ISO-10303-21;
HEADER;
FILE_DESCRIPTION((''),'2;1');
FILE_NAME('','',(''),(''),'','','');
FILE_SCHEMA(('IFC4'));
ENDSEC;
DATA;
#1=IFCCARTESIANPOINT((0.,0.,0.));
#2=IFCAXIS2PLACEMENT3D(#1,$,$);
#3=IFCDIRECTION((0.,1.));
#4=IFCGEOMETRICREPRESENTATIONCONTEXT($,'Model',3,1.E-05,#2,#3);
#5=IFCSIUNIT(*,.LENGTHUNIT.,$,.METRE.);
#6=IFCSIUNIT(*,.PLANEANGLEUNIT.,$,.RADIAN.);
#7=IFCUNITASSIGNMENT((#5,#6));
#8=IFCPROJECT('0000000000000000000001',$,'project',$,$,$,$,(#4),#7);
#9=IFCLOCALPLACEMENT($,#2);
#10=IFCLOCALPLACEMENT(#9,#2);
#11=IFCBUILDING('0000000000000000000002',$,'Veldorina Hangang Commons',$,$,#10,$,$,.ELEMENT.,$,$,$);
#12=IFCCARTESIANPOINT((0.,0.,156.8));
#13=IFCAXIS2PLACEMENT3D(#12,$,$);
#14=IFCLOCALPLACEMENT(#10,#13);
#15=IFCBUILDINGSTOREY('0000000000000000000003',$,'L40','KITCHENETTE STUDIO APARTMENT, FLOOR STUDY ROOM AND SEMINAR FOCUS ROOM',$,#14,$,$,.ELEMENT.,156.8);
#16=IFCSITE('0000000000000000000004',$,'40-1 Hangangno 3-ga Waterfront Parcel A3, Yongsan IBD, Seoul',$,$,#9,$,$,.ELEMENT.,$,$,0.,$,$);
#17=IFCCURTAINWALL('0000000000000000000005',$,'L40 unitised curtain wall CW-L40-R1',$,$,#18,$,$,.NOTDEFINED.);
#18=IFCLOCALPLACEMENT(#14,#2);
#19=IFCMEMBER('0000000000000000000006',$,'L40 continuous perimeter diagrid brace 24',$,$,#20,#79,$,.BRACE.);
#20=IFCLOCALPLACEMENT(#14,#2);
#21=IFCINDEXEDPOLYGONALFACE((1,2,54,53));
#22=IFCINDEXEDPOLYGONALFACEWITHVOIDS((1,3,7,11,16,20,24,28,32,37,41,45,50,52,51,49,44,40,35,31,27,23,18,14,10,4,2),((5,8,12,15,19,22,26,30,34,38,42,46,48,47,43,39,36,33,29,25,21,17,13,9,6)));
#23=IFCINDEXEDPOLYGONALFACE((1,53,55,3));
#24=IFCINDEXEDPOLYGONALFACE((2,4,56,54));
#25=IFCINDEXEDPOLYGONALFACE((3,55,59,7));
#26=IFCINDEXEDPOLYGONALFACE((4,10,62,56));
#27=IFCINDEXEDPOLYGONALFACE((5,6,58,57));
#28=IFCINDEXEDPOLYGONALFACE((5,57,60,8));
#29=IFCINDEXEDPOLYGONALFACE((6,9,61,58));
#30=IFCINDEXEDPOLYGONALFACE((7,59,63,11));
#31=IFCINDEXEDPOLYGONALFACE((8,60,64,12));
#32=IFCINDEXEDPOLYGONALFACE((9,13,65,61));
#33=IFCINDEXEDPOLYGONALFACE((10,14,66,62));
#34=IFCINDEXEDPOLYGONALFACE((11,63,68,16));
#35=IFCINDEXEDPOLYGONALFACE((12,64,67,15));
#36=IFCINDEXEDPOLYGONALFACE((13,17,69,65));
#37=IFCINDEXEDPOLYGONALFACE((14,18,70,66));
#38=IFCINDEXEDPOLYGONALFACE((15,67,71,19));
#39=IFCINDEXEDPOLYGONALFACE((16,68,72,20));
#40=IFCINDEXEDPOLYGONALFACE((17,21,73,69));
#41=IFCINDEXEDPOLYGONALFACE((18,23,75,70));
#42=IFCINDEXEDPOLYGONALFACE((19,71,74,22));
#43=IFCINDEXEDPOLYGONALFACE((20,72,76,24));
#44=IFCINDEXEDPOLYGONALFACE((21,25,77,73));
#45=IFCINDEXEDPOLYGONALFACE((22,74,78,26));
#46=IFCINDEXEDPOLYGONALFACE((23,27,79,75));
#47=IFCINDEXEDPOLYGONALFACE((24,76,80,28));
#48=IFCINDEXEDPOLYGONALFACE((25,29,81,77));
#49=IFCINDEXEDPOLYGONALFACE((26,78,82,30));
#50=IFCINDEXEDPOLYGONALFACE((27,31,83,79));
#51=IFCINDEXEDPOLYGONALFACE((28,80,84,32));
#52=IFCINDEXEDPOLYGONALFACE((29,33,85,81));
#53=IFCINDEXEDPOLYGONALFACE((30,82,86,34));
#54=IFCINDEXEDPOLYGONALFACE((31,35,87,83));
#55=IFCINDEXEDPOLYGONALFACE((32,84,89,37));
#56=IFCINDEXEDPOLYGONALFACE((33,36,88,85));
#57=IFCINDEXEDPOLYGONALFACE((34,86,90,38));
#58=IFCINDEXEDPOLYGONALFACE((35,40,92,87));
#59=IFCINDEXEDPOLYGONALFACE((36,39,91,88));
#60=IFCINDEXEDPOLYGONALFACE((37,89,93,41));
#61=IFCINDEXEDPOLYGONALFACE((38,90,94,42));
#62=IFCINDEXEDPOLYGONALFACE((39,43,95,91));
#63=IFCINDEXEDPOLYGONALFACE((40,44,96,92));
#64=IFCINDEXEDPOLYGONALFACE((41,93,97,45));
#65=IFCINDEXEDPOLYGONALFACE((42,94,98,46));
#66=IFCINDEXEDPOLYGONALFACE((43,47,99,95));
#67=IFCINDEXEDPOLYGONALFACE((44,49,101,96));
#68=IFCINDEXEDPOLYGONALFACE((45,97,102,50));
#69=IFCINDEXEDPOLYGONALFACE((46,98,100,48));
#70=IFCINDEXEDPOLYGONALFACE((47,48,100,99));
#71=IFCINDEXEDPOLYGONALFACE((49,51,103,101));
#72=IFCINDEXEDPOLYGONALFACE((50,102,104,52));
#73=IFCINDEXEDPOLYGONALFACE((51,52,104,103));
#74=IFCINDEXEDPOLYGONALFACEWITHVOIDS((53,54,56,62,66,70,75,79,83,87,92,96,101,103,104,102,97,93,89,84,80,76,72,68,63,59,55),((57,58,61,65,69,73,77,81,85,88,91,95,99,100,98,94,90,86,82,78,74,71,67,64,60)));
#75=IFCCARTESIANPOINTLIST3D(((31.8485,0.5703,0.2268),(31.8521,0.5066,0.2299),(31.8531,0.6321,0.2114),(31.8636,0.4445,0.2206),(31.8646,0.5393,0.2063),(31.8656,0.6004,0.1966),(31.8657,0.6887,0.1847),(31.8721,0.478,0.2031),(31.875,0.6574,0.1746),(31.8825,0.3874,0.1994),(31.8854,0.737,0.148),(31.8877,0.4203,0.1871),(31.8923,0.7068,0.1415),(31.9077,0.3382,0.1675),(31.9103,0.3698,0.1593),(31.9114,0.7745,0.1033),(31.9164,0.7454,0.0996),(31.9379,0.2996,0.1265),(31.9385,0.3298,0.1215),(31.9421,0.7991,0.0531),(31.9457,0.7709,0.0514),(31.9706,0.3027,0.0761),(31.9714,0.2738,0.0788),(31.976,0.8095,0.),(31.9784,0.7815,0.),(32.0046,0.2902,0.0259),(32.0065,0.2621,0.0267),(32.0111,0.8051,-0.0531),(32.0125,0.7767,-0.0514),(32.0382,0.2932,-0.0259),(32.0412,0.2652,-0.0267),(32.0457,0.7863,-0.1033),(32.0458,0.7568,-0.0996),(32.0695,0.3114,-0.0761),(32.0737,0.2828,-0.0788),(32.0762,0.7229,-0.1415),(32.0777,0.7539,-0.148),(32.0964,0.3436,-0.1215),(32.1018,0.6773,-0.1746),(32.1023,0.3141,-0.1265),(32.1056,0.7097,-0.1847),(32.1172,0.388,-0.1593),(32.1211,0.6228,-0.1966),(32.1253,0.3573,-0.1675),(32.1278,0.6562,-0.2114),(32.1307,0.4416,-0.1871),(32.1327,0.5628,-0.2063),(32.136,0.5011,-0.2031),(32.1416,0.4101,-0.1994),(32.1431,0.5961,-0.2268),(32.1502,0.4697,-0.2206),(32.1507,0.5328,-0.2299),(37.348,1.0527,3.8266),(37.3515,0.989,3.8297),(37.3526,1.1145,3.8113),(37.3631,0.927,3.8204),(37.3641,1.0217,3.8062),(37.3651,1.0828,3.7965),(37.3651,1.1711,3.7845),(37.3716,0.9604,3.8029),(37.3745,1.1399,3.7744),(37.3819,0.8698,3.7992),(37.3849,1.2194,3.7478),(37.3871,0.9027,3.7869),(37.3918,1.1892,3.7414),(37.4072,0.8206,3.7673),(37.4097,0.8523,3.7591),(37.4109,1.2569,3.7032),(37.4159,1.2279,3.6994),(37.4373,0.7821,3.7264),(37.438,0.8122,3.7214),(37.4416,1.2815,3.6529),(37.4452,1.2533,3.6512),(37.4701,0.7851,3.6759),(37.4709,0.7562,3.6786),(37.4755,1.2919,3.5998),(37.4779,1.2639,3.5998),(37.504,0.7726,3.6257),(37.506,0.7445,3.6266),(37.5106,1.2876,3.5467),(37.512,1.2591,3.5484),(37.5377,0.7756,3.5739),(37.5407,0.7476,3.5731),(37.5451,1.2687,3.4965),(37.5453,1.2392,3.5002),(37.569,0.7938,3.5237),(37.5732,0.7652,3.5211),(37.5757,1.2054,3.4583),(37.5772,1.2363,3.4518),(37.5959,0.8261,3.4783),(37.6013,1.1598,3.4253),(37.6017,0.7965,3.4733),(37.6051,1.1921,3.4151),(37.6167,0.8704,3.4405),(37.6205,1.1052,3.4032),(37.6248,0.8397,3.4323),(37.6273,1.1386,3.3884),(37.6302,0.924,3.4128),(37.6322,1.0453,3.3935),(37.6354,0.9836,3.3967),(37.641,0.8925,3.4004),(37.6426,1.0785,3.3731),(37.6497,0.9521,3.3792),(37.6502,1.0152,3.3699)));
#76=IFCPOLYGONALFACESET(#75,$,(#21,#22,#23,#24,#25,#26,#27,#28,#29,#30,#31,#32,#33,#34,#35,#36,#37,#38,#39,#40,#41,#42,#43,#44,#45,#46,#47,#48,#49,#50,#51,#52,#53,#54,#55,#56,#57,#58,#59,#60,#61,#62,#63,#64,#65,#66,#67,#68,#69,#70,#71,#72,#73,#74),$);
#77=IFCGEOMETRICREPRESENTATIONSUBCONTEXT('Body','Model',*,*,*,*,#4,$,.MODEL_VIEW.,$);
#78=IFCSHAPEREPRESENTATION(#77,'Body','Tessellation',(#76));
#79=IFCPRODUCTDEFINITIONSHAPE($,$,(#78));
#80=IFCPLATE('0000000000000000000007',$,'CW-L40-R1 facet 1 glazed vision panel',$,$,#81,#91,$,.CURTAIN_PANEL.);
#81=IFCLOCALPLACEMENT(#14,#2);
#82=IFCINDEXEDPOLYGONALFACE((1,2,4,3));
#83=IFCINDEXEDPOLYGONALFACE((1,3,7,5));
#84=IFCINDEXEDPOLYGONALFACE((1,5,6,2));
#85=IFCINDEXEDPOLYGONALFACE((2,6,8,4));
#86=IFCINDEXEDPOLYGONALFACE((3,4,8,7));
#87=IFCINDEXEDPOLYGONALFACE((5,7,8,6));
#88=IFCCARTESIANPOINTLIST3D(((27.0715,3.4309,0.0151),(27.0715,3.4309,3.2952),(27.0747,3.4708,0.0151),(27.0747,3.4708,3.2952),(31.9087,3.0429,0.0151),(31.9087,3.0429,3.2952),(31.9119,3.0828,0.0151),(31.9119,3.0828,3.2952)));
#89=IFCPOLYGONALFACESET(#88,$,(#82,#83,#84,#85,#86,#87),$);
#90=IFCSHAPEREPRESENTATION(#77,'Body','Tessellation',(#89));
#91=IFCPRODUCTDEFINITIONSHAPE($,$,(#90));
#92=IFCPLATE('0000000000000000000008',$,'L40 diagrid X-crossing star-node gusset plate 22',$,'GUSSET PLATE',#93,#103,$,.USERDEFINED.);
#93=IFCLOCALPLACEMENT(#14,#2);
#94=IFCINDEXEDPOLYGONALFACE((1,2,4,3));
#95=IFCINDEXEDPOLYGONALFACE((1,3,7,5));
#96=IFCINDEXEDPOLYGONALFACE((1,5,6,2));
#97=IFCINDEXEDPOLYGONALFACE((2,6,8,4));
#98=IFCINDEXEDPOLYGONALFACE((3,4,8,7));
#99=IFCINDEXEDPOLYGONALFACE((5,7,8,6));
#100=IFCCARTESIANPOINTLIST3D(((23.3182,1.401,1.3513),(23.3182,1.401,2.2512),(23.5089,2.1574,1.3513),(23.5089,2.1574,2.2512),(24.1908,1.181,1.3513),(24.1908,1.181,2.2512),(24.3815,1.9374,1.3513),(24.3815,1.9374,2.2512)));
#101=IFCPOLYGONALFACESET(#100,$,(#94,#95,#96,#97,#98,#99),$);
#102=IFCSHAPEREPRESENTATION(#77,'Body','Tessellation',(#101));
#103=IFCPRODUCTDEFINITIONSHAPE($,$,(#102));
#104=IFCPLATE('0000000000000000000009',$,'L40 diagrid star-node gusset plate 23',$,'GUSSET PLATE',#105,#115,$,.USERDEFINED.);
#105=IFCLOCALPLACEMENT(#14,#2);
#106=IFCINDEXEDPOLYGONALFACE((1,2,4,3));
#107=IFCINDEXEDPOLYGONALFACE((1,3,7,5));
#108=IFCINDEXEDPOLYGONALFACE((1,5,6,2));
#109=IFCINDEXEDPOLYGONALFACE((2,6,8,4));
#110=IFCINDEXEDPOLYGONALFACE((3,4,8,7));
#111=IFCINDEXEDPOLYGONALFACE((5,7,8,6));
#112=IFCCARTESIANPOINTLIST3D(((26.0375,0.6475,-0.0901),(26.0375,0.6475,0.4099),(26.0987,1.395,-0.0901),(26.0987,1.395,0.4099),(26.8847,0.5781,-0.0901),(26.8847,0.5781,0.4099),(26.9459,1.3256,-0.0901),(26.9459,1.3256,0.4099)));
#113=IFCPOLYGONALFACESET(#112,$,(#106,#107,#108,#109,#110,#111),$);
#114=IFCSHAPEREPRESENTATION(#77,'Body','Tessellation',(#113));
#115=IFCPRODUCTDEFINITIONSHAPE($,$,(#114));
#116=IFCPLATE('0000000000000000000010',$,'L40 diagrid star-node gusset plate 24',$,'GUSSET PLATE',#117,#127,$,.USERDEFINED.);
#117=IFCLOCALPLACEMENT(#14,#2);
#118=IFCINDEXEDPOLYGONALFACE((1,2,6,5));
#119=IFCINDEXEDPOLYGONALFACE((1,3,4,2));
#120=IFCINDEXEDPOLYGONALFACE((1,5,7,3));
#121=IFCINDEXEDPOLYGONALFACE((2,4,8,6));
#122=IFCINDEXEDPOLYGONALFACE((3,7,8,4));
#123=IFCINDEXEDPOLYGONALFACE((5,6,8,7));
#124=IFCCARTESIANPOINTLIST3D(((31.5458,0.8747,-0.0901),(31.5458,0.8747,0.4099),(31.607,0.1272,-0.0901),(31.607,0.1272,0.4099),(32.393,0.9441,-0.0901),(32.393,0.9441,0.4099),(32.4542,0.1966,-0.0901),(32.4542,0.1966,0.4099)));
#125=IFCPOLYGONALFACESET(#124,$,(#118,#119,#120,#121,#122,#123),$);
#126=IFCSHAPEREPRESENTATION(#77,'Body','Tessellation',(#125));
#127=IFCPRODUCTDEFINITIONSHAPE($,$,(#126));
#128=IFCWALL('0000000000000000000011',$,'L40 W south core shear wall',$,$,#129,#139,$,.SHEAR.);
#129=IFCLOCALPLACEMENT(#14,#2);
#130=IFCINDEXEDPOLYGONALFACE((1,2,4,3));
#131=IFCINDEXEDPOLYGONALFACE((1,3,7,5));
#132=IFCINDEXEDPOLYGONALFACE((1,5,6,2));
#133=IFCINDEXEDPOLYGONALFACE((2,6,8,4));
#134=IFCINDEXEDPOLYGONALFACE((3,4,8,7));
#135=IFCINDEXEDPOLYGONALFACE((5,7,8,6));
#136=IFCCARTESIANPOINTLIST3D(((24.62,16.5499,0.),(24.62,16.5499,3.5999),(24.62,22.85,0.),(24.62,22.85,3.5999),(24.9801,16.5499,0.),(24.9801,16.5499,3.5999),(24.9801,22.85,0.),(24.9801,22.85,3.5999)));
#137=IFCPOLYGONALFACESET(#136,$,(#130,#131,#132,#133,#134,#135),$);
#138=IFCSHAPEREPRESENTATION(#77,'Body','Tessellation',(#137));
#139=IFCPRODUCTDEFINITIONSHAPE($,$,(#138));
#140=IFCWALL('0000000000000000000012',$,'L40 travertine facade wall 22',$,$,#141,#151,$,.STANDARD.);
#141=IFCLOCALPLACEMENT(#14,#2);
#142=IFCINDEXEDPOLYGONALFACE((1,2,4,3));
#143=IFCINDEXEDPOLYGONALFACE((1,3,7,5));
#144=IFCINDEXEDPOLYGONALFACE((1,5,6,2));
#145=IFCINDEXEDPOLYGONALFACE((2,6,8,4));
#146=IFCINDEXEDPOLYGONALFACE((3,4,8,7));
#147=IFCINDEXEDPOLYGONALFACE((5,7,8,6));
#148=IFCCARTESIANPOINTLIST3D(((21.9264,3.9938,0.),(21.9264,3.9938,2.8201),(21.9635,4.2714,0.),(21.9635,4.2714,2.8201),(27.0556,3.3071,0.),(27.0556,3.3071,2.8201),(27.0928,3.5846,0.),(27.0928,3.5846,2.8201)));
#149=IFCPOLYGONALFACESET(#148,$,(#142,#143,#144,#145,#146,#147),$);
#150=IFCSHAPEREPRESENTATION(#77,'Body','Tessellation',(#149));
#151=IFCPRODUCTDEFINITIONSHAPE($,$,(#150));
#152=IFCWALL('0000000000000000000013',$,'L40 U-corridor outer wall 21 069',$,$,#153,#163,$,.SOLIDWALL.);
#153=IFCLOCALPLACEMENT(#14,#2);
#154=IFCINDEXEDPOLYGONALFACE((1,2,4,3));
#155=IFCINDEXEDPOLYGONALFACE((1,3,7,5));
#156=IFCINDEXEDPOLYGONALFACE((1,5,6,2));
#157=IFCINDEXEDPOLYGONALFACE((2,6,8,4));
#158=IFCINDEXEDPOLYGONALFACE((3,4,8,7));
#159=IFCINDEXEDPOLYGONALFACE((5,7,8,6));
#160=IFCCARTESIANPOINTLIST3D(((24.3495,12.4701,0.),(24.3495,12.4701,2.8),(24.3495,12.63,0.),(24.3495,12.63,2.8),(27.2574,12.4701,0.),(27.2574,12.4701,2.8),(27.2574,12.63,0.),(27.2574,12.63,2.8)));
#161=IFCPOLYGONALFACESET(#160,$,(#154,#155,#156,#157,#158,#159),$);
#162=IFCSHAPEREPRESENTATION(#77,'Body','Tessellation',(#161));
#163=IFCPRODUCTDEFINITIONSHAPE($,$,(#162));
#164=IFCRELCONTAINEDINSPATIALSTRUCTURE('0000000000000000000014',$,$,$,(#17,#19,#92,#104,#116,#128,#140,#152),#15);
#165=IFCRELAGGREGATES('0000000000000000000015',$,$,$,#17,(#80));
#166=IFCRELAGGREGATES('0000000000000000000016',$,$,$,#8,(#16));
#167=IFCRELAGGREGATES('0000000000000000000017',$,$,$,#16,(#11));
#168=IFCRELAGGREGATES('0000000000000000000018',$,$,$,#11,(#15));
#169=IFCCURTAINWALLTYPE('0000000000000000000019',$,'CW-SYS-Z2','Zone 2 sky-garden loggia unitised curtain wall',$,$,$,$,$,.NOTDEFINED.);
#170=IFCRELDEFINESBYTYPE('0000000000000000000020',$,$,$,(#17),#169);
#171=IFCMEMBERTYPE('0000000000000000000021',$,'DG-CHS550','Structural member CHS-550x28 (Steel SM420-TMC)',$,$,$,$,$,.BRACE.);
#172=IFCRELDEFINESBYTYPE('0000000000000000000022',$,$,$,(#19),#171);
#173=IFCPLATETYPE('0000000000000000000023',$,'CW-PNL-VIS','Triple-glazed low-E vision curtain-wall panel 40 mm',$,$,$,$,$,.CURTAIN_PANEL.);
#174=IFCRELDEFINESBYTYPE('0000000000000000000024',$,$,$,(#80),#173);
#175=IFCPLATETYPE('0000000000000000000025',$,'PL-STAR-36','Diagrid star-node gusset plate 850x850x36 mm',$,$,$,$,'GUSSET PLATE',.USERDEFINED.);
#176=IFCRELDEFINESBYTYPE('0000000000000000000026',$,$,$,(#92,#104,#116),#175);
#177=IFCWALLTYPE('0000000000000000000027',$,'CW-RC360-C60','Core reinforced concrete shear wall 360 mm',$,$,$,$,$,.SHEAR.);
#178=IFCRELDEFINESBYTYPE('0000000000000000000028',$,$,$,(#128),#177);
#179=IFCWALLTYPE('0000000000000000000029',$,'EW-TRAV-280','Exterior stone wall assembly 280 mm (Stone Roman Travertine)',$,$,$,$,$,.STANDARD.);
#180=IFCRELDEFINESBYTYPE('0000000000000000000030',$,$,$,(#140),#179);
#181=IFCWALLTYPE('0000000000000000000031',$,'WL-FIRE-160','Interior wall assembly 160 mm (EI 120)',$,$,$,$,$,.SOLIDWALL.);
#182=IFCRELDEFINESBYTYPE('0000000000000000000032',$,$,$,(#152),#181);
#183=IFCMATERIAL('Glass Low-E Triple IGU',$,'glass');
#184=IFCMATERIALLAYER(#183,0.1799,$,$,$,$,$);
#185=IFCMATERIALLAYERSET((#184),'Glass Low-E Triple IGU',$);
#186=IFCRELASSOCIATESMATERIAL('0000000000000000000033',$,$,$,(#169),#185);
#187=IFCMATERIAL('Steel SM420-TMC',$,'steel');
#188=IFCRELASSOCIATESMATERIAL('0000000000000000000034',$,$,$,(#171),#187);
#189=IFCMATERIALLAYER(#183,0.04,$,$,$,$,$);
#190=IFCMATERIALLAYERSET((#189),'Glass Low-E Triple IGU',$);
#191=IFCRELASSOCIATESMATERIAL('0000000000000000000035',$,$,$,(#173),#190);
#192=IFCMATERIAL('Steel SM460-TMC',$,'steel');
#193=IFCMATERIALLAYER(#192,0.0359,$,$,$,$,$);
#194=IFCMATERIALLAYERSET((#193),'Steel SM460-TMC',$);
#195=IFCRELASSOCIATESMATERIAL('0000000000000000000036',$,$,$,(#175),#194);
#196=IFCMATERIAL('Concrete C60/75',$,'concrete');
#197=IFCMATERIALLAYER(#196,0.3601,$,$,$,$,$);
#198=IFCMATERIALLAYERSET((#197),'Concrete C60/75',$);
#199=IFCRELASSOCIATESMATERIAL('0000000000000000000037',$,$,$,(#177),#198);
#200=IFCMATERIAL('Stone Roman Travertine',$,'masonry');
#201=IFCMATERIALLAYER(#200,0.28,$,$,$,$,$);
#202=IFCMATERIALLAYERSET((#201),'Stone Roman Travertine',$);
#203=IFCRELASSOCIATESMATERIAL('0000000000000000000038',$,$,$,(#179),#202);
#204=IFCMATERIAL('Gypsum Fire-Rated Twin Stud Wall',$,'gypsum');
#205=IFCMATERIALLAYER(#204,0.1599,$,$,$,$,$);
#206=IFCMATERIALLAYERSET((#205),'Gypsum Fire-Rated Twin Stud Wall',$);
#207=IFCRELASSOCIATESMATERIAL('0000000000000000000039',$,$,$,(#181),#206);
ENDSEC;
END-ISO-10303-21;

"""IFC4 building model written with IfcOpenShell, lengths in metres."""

from ifc_helpers import new_model, si_unit, direction, frame, frame_2d, origin, origin_2d, place, context, subcontext, project, spatial, rectangle, hollow_circle, extrude, material, layer, layer_set, material_profile, profile_set, type_object, element, aggregate, save


model = new_model("IFC4")

# Units and contexts
model_context = context("Model", 3, precision=1e-05, world=origin(), true_north=direction((0.0, 1.0)))
body_context = subcontext(model_context, "Body", "Model", "MODEL_VIEW")
ifc_project = project(units=[si_unit("LENGTHUNIT", "METRE"), si_unit("PLANEANGLEUNIT", "RADIAN")], contexts=[model_context])

# Site, building, storey
site_placement = place(None, origin())
site = spatial("IfcSite", under=ifc_project, at=site_placement, Name="40-1 Hangangno 3-ga Waterfront Parcel A3, Yongsan IBD, Seoul", CompositionType="ELEMENT", RefElevation=0.0)
building_placement = place(site_placement, origin())
building = spatial("IfcBuilding", under=site, at=building_placement, Name="Veldorina Hangang Commons", CompositionType="ELEMENT")
storey_placement = place(building_placement, frame((0.0, 0.0, 156.8)))
storey = spatial("IfcBuildingStorey", under=building, at=storey_placement, Name="L40", Description="KITCHENETTE STUDIO APARTMENT, FLOOR STUDY ROOM AND SEMINAR FOCUS ROOM", CompositionType="ELEMENT", Elevation=156.8)

# Shared definitions
ifc_material_1 = material(Name="Steel SM420-TMC", Category="steel")

# Curtain wall
ifc_material_2 = material(Name="Glass Low-E Triple IGU", Category="glass")
ifc_layer_1 = layer(ifc_material_2, 0.1799)
ifc_layer_set_1 = layer_set([ifc_layer_1], Name="Glass Low-E Triple IGU")
curtain_wall_type = type_object("IfcCurtainWallType", Name="CW-SYS-Z2", Description="Zone 2 sky-garden loggia unitised curtain wall", PredefinedType="NOTDEFINED", material=ifc_layer_set_1)
curtain_wall_placement = place(storey_placement, origin())
curtain_wall = element("IfcCurtainWall", 1, at=curtain_wall_placement, inside=storey, type_object=curtain_wall_type, Name="L40 unitised curtain wall CW-L40-R1", PredefinedType="NOTDEFINED")

# Member
ifc_material_profile_1 = material_profile(ifc_material_1, hollow_circle(Radius=0.2749, WallThickness=0.0281, at=origin_2d()), Name="CHS-550x28")
ifc_profile_set_1 = profile_set([ifc_material_profile_1], Name="Steel SM420-TMC")
member_type_1 = type_object("IfcMemberType", Name="DG-CHS550", Description="Structural member CHS-550x28 (Steel SM420-TMC)", PredefinedType="BRACE", material=ifc_profile_set_1)
member_1_placement = place(storey_placement, frame((32.0, 0.5356, 0.0), z_axis=(0.834445, 0.073198, 0.546208), x_axis=(-0.087385, 0.996175, 0.0)))
element("IfcMember", 2, at=member_1_placement, inside=storey, type_object=member_type_1, Name="L40 continuous perimeter diagrid brace 24", PredefinedType="BRACE", context=body_context, shape_type="SweptSolid", body=[
    extrude(hollow_circle(Radius=0.2749, WallThickness=0.0281, at=origin_2d()), origin(), (0.0, 0.0, 1.0), 6.5906),
])

# Plate
ifc_layer_2 = layer(ifc_material_2, 0.04)
ifc_layer_set_2 = layer_set([ifc_layer_2], Name="Glass Low-E Triple IGU")
plate_type_1 = type_object("IfcPlateType", Name="CW-PNL-VIS", Description="Triple-glazed low-E vision curtain-wall panel 40 mm", PredefinedType="CURTAIN_PANEL", material=ifc_layer_set_2)
plate_1_placement = place(storey_placement, frame((29.4917, 3.2568, 0.0151), z_axis=(0.0, 0.0, 1.0), x_axis=(0.996798, -0.079955, 0.0)))
plate_1 = element("IfcPlate", 3, at=plate_1_placement, type_object=plate_type_1, Name="CW-L40-R1 facet 1 glazed vision panel", PredefinedType="CURTAIN_PANEL", context=body_context, shape_type="SweptSolid", body=[
    extrude(rectangle(XDim=4.8528, YDim=0.04, at=origin_2d()), origin(), (0.0, 0.0, 1.0), 3.28),
])
aggregate(curtain_wall, [plate_1])

# Plates
ifc_material_3 = material(Name="Steel SM460-TMC", Category="steel")
ifc_layer_3 = layer(ifc_material_3, 0.0359)
ifc_layer_set_3 = layer_set([ifc_layer_3], Name="Steel SM460-TMC")
plate_type_2 = type_object("IfcPlateType", Name="PL-STAR-36", Description="Diagrid star-node gusset plate 850x850x36 mm", ElementType="GUSSET PLATE", PredefinedType="USERDEFINED", material=ifc_layer_set_3)
plate_2_placement = place(storey_placement, frame((23.8499, 1.6692, 1.3513), z_axis=(0.0, 0.0, 1.0), x_axis=(0.969663, -0.244444, 0.0)))
element("IfcPlate", 4, at=plate_2_placement, inside=storey, type_object=plate_type_2, Name="L40 diagrid X-crossing star-node gusset plate 22", ObjectType="GUSSET PLATE", PredefinedType="USERDEFINED", context=body_context, shape_type="SweptSolid", body=[
    extrude(rectangle(XDim=0.8999, YDim=0.78, at=origin_2d()), origin(), (0.0, 0.0, 1.0), 0.8999),
])
for number, where, z_axis, x_axis, name in (
    (5, (26.4917, 0.9866, -0.0901), (0.0, 0.0, 1.0), (0.996666, -0.081591, 0.0), "L40 diagrid star-node gusset plate 23"),
    (6, (32.0, 0.5356, -0.0901), (0.0, 0.0, 1.0), (0.996666, 0.081591, 0.0), "L40 diagrid star-node gusset plate 24"),
):
    element("IfcPlate", number, at=place(storey_placement, frame(where, z_axis=z_axis, x_axis=x_axis)), inside=storey, type_object=plate_type_2, Name=name, ObjectType="GUSSET PLATE", PredefinedType="USERDEFINED", context=body_context, shape_type="SweptSolid", body=[
        extrude(rectangle(XDim=0.8501, YDim=0.75, at=origin_2d()), origin(), (0.0, 0.0, 1.0), 0.5),
    ])

# Walls
ifc_material_4 = material(Name="Concrete C60/75", Category="concrete")
ifc_layer_4 = layer(ifc_material_4, 0.3601)
ifc_layer_set_4 = layer_set([ifc_layer_4], Name="Concrete C60/75")
wall_type_1 = type_object("IfcWallType", Name="CW-RC360-C60", Description="Core reinforced concrete shear wall 360 mm", PredefinedType="SHEAR", material=ifc_layer_set_4)
wall_1_placement = place(storey_placement, frame((24.8, 16.55, 0.0), z_axis=(0.0, 0.0, 1.0), x_axis=(0.0, 1.0, 0.0)))
element("IfcWall", 7, at=wall_1_placement, inside=storey, type_object=wall_type_1, Name="L40 W south core shear wall", PredefinedType="SHEAR", context=body_context, shape_type="SweptSolid", body=[
    extrude(rectangle(XDim=6.3, YDim=0.3601, at=frame_2d((3.1499, 0.0))), origin(), (0.0, 0.0, 1.0), 3.5999),
])
ifc_material_5 = material(Name="Stone Roman Travertine", Category="masonry")
ifc_layer_5 = layer(ifc_material_5, 0.28)
ifc_layer_set_5 = layer_set([ifc_layer_5], Name="Stone Roman Travertine")
wall_type_2 = type_object("IfcWallType", Name="EW-TRAV-280", Description="Exterior stone wall assembly 280 mm (Stone Roman Travertine)", PredefinedType="STANDARD", material=ifc_layer_set_5)
wall_2_placement = place(storey_placement, frame((21.9451, 4.1326, 0.0), z_axis=(0.0, 0.0, 1.0), x_axis=(0.991156, -0.132704, 0.0)))
element("IfcWall", 8, at=wall_2_placement, inside=storey, type_object=wall_type_2, Name="L40 travertine facade wall 22", PredefinedType="STANDARD", context=body_context, shape_type="SweptSolid", body=[
    extrude(rectangle(XDim=5.175, YDim=0.28, at=frame_2d((2.5874, 0.0))), origin(), (0.0, 0.0, 1.0), 2.8201),
])
ifc_material_6 = material(Name="Gypsum Fire-Rated Twin Stud Wall", Category="gypsum")
ifc_layer_6 = layer(ifc_material_6, 0.1599)
ifc_layer_set_6 = layer_set([ifc_layer_6], Name="Gypsum Fire-Rated Twin Stud Wall")
wall_type_3 = type_object("IfcWallType", Name="WL-FIRE-160", Description="Interior wall assembly 160 mm (EI 120)", PredefinedType="SOLIDWALL", material=ifc_layer_set_6)
wall_3_placement = place(storey_placement, frame((24.3494, 12.55, 0.0), z_axis=(0.0, 0.0, 1.0), x_axis=(1.0, 0.0, 0.0)))
element("IfcWall", 9, at=wall_3_placement, inside=storey, type_object=wall_type_3, Name="L40 U-corridor outer wall 21 069", PredefinedType="SOLIDWALL", context=body_context, shape_type="SweptSolid", body=[
    extrude(rectangle(XDim=2.908, YDim=0.1599, at=frame_2d((1.4541, 0.0))), origin(), (0.0, 0.0, 1.0), 2.8),
])

save(model, "model.ifc")
